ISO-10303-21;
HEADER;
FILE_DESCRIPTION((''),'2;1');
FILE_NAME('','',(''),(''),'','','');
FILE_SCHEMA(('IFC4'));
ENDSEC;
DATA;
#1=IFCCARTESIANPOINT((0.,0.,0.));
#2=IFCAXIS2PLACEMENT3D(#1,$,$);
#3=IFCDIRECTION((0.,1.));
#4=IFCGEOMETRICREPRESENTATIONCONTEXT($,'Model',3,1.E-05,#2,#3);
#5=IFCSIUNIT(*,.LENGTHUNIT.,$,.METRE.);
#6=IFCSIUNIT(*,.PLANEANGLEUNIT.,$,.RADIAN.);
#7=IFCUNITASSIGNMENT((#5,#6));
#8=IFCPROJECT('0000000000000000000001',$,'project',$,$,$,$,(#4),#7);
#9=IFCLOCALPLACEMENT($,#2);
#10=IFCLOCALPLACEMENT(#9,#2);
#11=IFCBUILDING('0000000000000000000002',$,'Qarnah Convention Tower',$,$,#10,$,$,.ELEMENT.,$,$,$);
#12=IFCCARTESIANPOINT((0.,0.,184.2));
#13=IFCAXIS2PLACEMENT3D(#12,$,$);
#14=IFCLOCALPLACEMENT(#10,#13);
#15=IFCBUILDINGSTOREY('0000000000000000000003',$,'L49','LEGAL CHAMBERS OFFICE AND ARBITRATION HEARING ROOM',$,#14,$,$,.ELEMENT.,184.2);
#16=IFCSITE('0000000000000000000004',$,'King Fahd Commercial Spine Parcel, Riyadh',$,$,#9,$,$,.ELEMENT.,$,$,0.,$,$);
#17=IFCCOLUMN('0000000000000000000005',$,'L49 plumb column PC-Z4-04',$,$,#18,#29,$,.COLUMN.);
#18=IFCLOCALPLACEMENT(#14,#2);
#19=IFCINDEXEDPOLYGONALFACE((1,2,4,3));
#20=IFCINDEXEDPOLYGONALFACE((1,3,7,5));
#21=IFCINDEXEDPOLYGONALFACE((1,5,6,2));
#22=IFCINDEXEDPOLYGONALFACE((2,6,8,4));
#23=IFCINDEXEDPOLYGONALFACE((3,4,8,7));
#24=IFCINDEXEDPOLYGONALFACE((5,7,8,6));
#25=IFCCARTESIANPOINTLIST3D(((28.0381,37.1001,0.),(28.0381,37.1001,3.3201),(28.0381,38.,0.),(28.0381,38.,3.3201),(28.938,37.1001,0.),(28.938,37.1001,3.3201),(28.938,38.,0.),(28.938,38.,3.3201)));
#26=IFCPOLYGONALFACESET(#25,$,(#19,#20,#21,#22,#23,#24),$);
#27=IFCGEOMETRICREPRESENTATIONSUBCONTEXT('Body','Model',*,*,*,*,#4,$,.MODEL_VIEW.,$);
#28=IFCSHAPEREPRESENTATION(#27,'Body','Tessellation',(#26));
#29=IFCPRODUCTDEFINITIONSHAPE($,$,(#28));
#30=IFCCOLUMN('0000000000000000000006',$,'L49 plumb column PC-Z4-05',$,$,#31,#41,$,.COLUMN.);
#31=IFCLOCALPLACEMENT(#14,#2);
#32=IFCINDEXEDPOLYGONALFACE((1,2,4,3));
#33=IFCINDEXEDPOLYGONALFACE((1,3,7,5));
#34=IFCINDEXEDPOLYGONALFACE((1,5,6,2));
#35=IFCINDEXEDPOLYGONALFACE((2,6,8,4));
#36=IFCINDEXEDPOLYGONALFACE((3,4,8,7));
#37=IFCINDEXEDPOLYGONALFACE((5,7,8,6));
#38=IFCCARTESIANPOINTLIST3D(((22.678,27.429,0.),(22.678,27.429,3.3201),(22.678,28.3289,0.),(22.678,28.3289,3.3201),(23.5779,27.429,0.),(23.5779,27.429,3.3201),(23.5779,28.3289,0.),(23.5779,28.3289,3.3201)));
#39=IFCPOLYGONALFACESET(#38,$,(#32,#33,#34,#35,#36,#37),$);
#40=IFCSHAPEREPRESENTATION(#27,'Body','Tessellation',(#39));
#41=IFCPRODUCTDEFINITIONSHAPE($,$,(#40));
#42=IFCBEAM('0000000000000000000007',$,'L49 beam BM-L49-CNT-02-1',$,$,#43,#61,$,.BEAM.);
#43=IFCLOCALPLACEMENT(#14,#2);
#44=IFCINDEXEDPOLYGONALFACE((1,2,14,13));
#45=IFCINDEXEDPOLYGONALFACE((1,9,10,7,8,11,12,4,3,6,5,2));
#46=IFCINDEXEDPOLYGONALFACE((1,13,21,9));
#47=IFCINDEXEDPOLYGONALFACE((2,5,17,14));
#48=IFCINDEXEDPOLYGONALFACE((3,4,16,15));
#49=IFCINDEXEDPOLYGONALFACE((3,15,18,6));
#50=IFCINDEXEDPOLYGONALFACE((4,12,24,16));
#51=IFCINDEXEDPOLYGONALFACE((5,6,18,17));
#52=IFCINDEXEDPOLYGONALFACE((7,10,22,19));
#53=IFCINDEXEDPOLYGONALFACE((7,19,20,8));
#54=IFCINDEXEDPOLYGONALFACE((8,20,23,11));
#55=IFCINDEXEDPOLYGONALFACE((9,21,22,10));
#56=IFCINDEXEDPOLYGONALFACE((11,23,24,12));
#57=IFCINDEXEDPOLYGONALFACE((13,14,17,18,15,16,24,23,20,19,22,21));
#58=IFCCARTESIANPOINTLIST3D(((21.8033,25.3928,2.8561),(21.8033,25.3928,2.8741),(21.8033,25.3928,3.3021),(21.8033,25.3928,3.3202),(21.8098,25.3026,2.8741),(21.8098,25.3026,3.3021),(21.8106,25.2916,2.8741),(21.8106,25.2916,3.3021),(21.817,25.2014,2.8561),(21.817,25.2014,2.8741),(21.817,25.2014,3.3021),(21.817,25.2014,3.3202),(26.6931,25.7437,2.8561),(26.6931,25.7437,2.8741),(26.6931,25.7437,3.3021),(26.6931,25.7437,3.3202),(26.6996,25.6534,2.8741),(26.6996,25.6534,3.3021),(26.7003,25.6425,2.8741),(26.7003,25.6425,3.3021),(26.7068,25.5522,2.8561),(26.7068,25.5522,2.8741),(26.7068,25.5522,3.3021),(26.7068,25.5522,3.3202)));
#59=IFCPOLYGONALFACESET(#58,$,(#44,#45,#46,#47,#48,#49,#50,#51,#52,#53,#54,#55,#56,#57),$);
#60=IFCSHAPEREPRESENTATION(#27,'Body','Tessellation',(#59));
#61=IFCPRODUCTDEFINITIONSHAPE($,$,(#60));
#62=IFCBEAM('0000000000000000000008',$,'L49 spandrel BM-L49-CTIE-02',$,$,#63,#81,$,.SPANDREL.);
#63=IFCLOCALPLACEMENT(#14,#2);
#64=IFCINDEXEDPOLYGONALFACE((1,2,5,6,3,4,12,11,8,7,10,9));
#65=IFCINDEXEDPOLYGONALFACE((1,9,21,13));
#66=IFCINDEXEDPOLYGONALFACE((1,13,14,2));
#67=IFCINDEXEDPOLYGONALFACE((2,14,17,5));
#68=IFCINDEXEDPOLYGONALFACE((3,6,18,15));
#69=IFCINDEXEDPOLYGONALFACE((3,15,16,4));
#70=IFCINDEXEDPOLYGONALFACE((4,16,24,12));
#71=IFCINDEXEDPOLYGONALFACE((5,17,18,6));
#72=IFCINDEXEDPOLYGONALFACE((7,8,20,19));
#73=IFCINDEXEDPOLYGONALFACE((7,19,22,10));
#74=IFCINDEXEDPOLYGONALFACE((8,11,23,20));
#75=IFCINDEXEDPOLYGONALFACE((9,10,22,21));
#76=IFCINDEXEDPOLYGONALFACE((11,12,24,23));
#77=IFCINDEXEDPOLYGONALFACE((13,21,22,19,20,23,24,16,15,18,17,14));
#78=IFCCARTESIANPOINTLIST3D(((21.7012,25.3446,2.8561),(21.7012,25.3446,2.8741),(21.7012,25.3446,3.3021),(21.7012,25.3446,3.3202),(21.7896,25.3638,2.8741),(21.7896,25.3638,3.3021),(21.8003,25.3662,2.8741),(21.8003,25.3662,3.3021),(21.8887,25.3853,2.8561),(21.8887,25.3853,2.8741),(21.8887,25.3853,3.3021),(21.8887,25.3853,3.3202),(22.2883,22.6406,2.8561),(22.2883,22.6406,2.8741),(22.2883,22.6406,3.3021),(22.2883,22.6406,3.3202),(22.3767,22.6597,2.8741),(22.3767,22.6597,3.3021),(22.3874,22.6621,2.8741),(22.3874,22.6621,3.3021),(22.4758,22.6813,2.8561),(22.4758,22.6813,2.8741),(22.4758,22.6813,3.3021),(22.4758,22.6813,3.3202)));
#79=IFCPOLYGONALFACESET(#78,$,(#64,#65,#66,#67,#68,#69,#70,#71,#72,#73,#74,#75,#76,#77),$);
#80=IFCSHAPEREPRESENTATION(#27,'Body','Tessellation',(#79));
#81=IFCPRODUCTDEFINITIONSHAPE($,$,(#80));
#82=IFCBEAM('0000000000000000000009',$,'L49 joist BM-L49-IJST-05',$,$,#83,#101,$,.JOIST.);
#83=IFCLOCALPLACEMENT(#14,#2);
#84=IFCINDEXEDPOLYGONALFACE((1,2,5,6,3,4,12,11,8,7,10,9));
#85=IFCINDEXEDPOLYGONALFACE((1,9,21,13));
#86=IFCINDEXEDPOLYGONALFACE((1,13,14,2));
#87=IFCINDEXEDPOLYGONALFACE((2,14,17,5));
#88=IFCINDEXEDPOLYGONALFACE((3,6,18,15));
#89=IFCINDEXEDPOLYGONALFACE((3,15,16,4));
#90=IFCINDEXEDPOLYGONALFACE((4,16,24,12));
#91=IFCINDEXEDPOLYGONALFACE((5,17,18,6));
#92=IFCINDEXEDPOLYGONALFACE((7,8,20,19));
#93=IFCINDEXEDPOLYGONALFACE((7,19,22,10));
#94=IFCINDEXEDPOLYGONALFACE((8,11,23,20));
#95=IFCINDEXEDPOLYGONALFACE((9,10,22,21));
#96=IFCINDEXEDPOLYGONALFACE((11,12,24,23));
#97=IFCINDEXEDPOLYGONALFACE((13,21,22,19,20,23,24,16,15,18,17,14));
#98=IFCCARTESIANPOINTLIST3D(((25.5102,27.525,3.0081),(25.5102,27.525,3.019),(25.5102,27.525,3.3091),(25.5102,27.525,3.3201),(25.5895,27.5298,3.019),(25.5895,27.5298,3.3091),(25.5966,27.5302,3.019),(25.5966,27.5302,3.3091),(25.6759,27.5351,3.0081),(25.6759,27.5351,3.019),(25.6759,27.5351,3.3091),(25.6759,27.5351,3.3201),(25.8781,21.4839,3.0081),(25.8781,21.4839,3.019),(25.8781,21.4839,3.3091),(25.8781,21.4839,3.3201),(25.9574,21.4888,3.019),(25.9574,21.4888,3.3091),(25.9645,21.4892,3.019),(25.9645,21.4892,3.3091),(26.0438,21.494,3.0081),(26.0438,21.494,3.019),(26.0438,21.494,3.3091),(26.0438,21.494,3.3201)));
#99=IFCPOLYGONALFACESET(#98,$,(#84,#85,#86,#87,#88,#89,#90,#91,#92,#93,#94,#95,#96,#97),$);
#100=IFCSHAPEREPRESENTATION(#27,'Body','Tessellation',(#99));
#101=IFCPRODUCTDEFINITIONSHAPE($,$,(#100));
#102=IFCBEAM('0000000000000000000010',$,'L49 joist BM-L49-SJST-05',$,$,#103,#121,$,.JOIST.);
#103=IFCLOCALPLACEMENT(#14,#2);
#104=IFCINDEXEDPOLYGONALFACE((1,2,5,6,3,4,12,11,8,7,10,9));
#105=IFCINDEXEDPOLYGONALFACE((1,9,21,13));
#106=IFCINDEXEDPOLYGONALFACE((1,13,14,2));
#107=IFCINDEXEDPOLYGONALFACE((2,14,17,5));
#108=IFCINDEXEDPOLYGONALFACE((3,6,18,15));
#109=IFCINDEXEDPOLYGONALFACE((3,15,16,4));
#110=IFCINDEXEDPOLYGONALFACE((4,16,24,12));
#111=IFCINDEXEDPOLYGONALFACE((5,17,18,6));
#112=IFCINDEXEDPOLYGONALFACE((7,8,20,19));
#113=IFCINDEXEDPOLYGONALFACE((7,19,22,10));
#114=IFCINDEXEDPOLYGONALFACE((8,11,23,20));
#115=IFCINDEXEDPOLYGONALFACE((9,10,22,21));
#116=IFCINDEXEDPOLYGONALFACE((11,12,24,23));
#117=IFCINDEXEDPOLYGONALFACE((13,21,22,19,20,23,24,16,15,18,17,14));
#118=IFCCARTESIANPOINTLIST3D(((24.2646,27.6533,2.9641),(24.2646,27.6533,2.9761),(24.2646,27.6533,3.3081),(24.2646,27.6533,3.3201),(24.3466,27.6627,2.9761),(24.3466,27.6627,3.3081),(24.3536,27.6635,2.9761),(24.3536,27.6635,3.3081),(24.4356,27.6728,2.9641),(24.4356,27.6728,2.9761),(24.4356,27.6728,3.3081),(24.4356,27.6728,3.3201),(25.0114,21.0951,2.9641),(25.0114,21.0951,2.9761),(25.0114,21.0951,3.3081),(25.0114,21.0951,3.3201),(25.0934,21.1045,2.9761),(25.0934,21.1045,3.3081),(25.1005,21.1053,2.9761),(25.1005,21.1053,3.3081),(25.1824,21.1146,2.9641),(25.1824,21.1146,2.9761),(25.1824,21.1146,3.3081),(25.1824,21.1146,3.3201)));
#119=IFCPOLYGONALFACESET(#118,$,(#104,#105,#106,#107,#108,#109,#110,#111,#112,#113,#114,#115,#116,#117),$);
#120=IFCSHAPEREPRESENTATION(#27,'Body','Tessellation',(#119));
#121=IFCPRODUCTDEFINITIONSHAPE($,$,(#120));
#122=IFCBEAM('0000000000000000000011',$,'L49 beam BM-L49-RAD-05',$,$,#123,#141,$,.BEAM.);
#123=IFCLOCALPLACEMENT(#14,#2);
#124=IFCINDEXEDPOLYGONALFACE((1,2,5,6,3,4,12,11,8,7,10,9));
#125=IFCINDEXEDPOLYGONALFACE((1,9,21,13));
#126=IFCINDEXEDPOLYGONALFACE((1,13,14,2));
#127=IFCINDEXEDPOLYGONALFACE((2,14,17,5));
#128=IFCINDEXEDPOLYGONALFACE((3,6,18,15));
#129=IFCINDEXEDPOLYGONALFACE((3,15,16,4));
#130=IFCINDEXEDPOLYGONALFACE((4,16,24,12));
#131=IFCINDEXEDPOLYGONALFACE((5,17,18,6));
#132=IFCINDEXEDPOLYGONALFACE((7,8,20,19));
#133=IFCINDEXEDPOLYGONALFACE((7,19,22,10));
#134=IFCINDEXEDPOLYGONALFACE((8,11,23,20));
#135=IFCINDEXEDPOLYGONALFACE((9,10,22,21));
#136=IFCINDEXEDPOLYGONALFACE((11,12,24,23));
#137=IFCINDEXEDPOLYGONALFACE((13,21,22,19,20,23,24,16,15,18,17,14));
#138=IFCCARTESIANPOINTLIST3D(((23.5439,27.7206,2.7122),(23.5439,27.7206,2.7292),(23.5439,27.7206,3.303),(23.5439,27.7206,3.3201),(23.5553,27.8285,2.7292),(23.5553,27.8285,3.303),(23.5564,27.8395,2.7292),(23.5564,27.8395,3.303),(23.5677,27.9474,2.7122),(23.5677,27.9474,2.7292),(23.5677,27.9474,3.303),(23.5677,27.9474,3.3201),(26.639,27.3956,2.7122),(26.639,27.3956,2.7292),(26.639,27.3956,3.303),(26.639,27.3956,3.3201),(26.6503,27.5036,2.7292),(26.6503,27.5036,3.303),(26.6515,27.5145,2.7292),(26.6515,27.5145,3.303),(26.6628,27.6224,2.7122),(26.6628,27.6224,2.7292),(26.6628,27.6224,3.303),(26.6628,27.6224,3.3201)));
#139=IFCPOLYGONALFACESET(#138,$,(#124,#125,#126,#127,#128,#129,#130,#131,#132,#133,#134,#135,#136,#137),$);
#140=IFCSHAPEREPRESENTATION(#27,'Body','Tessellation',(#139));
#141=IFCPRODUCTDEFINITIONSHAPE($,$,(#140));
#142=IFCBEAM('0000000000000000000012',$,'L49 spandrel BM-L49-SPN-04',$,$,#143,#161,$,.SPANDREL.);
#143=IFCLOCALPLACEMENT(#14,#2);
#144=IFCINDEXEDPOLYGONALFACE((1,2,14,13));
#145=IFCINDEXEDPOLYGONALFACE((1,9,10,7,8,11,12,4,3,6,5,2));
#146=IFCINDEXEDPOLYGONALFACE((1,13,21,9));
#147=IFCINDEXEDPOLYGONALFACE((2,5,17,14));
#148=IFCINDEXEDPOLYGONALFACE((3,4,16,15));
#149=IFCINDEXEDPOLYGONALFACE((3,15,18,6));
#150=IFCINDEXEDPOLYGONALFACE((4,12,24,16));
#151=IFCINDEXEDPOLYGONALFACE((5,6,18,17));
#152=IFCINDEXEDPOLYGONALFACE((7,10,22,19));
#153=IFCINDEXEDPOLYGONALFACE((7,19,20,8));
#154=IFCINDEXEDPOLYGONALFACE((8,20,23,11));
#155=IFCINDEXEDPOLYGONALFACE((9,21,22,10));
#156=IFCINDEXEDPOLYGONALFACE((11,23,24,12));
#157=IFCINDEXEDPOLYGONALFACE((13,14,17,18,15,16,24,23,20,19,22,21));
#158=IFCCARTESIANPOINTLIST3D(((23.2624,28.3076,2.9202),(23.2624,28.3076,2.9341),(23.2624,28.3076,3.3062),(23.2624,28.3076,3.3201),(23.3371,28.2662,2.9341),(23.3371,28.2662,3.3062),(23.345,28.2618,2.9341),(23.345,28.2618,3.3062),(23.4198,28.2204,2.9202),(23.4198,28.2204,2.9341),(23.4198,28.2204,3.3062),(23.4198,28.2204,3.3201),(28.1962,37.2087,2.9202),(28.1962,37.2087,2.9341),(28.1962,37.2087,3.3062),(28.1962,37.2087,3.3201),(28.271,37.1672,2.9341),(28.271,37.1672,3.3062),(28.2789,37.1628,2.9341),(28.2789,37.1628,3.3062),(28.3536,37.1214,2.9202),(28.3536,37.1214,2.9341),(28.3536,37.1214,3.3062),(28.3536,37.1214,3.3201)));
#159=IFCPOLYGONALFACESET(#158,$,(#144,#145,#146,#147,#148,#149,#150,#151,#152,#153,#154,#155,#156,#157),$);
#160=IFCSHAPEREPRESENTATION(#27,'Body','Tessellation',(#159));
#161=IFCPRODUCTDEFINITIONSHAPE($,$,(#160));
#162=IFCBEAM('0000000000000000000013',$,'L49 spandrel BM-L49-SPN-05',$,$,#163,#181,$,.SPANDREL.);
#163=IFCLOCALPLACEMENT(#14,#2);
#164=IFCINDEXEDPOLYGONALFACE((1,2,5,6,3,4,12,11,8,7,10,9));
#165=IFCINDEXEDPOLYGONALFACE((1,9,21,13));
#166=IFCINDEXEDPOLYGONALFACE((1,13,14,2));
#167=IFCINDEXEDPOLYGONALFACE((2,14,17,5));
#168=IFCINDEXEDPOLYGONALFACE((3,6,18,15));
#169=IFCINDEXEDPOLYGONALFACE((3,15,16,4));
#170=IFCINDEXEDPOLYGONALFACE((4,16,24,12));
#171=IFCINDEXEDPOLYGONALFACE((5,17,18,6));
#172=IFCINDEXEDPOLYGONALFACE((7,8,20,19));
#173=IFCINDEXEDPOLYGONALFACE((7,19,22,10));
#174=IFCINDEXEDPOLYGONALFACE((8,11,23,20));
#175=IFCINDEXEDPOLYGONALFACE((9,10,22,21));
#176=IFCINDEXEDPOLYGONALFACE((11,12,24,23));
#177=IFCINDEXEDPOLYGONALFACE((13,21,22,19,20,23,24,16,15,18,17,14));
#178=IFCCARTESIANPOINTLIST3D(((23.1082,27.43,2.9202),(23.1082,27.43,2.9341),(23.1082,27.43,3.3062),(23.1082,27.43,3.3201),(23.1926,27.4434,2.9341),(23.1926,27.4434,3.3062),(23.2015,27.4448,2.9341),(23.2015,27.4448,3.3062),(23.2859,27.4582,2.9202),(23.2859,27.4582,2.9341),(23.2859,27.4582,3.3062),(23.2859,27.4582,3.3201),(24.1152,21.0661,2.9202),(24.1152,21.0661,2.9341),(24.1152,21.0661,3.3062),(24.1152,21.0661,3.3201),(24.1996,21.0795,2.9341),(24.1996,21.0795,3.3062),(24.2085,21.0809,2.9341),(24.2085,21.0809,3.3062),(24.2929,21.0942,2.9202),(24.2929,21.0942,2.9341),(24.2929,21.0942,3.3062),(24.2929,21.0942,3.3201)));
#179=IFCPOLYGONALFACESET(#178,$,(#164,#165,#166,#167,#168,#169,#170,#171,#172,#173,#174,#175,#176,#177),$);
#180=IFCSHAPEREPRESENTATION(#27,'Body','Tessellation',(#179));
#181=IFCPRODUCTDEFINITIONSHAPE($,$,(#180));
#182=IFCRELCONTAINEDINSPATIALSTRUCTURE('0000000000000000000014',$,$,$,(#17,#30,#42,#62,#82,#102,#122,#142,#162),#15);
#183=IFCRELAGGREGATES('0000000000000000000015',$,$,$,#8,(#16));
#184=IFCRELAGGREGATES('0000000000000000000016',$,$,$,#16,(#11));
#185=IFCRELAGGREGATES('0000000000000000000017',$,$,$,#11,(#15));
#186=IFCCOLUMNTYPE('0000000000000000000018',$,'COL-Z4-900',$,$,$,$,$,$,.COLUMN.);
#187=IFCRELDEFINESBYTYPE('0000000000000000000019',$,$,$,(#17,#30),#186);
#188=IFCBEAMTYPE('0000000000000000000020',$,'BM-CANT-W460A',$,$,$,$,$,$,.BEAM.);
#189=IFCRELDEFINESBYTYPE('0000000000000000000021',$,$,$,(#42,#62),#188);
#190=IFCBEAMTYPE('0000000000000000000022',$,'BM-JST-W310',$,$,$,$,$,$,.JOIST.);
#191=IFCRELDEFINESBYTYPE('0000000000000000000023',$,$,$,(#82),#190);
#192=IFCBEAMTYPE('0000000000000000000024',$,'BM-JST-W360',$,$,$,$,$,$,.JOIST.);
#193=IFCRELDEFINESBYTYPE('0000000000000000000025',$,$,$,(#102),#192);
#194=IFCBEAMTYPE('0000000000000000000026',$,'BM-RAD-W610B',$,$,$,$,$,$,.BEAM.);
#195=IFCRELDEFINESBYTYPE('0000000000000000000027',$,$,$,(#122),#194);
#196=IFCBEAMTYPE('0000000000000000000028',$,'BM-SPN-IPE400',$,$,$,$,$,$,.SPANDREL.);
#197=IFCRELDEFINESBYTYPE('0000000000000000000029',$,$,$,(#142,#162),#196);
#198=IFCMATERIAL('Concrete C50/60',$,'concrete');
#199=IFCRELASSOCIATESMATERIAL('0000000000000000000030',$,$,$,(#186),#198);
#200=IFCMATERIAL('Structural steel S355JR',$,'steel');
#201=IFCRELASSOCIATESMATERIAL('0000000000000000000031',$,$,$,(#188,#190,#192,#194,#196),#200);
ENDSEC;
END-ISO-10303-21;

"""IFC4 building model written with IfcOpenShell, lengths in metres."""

from ifc_helpers import new_model, si_unit, direction, frame, origin, origin_2d, place, context, subcontext, project, spatial, rectangle, i_section, extrude, material, material_profile, profile_set, type_object, element, save


model = new_model("IFC4")

# Units and contexts
model_context = context("Model", 3, precision=1e-05, world=origin(), true_north=direction((0.0, 1.0)))
body_context = subcontext(model_context, "Body", "Model", "MODEL_VIEW")
ifc_project = project(units=[si_unit("LENGTHUNIT", "METRE"), si_unit("PLANEANGLEUNIT", "RADIAN")], contexts=[model_context])

# Site, building, storey
site_placement = place(None, origin())
site = spatial("IfcSite", under=ifc_project, at=site_placement, Name="King Fahd Commercial Spine Parcel, Riyadh", CompositionType="ELEMENT", RefElevation=0.0)
building_placement = place(site_placement, origin())
building = spatial("IfcBuilding", under=site, at=building_placement, Name="Qarnah Convention Tower", CompositionType="ELEMENT")
storey_placement = place(building_placement, frame((0.0, 0.0, 184.2)))
storey = spatial("IfcBuildingStorey", under=building, at=storey_placement, Name="L49", Description="LEGAL CHAMBERS OFFICE AND ARBITRATION HEARING ROOM", CompositionType="ELEMENT", Elevation=184.2)

# Columns
ifc_material_1 = material(Name="Concrete C50/60", Category="concrete")
ifc_material_profile_1 = material_profile(ifc_material_1, rectangle(XDim=0.8999, YDim=0.8999, at=origin_2d()), Name="RC-COL-900X900")
ifc_profile_set_1 = profile_set([ifc_material_profile_1], Name="Concrete C50/60")
column_type = type_object("IfcColumnType", Name="COL-Z4-900", PredefinedType="COLUMN", material=ifc_profile_set_1)
for number, where, z_axis, x_axis, name in (
    (1, (28.488, 37.55, 0.0), (0.0, 0.0, 1.0), (1.0, 0.0, 0.0), "L49 plumb column PC-Z4-04"),
    (2, (23.1279, 27.8789, 0.0), (0.0, 0.0, 1.0), (1.0, 0.0, 0.0), "L49 plumb column PC-Z4-05"),
):
    element("IfcColumn", number, at=place(storey_placement, frame(where, z_axis=z_axis, x_axis=x_axis)), inside=storey, type_object=column_type, Name=name, PredefinedType="COLUMN", context=body_context, shape_type="SweptSolid", body=[
        extrude(rectangle(XDim=0.8999, YDim=0.8999, at=origin_2d()), origin(), (0.0, 0.0, 1.0), 3.3201),
    ])

# Beams
ifc_material_2 = material(Name="Structural steel S355JR", Category="steel")
ifc_material_profile_2 = material_profile(ifc_material_2, i_section(OverallWidth=0.1919, OverallDepth=0.4641, WebThickness=0.011, FlangeThickness=0.0181, at=origin_2d()), Name="W460X89")
ifc_profile_set_2 = profile_set([ifc_material_profile_2], Name="Structural steel S355JR")
beam_type_1 = type_object("IfcBeamType", Name="BM-CANT-W460A", PredefinedType="BEAM", material=ifc_profile_set_2)
beam_1_placement = place(storey_placement, frame((26.7, 25.6479, 3.0881), z_axis=(-0.997436, -0.071562, 0.0), x_axis=(0.071562, -0.997436, 0.0)))
element("IfcBeam", 3, at=beam_1_placement, inside=storey, type_object=beam_type_1, Name="L49 beam BM-L49-CNT-02-1", PredefinedType="BEAM", context=body_context, shape_type="SweptSolid", body=[
    extrude(i_section(OverallWidth=0.1919, OverallDepth=0.4641, WebThickness=0.011, FlangeThickness=0.0181, at=origin_2d()), origin(), (0.0, 0.0, 1.0), 4.9023),
])
beam_2_placement = place(storey_placement, frame((21.7949, 25.365, 3.0881), z_axis=(0.212192, -0.977228, 0.0), x_axis=(0.977228, 0.212192, 0.0)))
element("IfcBeam", 4, at=beam_2_placement, inside=storey, type_object=beam_type_1, Name="L49 spandrel BM-L49-CTIE-02", PredefinedType="SPANDREL", context=body_context, shape_type="SweptSolid", body=[
    extrude(i_section(OverallWidth=0.1919, OverallDepth=0.4641, WebThickness=0.011, FlangeThickness=0.0181, at=origin_2d()), origin(), (0.0, 0.0, 1.0), 2.7671),
])
ifc_material_profile_3 = material_profile(ifc_material_2, i_section(OverallWidth=0.166, OverallDepth=0.312, WebThickness=0.0071, FlangeThickness=0.011, at=origin_2d()), Name="W310X45")
ifc_profile_set_3 = profile_set([ifc_material_profile_3], Name="Structural steel S355JR")
beam_type_2 = type_object("IfcBeamType", Name="BM-JST-W310", PredefinedType="JOIST", material=ifc_profile_set_3)
beam_3_placement = place(storey_placement, frame((25.593, 27.53, 3.1641), z_axis=(0.060791, -0.998151, 0.0), x_axis=(0.998151, 0.060791, 0.0)))
element("IfcBeam", 5, at=beam_3_placement, inside=storey, type_object=beam_type_2, Name="L49 joist BM-L49-IJST-05", PredefinedType="JOIST", context=body_context, shape_type="SweptSolid", body=[
    extrude(i_section(OverallWidth=0.166, OverallDepth=0.312, WebThickness=0.0071, FlangeThickness=0.011, at=origin_2d()), origin(), (0.0, 0.0, 1.0), 6.0522),
])
ifc_material_profile_4 = material_profile(ifc_material_2, i_section(OverallWidth=0.1721, OverallDepth=0.356, WebThickness=0.0071, FlangeThickness=0.012, at=origin_2d()), Name="W360X51")
ifc_profile_set_4 = profile_set([ifc_material_profile_4], Name="Structural steel S355JR")
beam_type_3 = type_object("IfcBeamType", Name="BM-JST-W360", PredefinedType="JOIST", material=ifc_profile_set_4)
beam_4_placement = place(storey_placement, frame((24.3501, 27.6631, 3.1421), z_axis=(0.113147, -0.993578, 0.0), x_axis=(0.993578, 0.113147, 0.0)))
element("IfcBeam", 6, at=beam_4_placement, inside=storey, type_object=beam_type_3, Name="L49 joist BM-L49-SJST-05", PredefinedType="JOIST", context=body_context, shape_type="SweptSolid", body=[
    extrude(i_section(OverallWidth=0.1721, OverallDepth=0.356, WebThickness=0.0071, FlangeThickness=0.012, at=origin_2d()), origin(), (0.0, 0.0, 1.0), 6.6006),
])
ifc_material_profile_5 = material_profile(ifc_material_2, i_section(OverallWidth=0.228, OverallDepth=0.6079, WebThickness=0.011, FlangeThickness=0.0171, at=origin_2d()), Name="W610X113")
ifc_profile_set_5 = profile_set([ifc_material_profile_5], Name="Structural steel S355JR")
beam_type_4 = type_object("IfcBeamType", Name="BM-RAD-W610B", PredefinedType="BEAM", material=ifc_profile_set_5)
beam_5_placement = place(storey_placement, frame((26.6509, 27.509, 3.0161), z_axis=(-0.994533, 0.104419, 0.0), x_axis=(-0.104419, -0.994533, 0.0)))
element("IfcBeam", 7, at=beam_5_placement, inside=storey, type_object=beam_type_4, Name="L49 beam BM-L49-RAD-05", PredefinedType="BEAM", context=body_context, shape_type="SweptSolid", body=[
    extrude(i_section(OverallWidth=0.228, OverallDepth=0.6079, WebThickness=0.011, FlangeThickness=0.0171, at=origin_2d()), origin(), (0.0, 0.0, 1.0), 3.1121),
])
ifc_material_profile_6 = material_profile(ifc_material_2, i_section(OverallWidth=0.1799, OverallDepth=0.3999, WebThickness=0.009, FlangeThickness=0.0139, at=origin_2d()), Name="IPE400")
ifc_profile_set_6 = profile_set([ifc_material_profile_6], Name="Structural steel S355JR")
beam_type_5 = type_object("IfcBeamType", Name="BM-SPN-IPE400", PredefinedType="SPANDREL", material=ifc_profile_set_6)
beam_6_placement = place(storey_placement, frame((28.2749, 37.165, 3.1201), z_axis=(-0.484799, -0.874625, 0.0), x_axis=(0.874625, -0.484799, 0.0)))
element("IfcBeam", 8, at=beam_6_placement, inside=storey, type_object=beam_type_5, Name="L49 spandrel BM-L49-SPN-04", PredefinedType="SPANDREL", context=body_context, shape_type="SweptSolid", body=[
    extrude(i_section(OverallWidth=0.1799, OverallDepth=0.3999, WebThickness=0.009, FlangeThickness=0.0139, at=origin_2d()), origin(), (0.0, 0.0, 1.0), 10.177),
])
beam_7_placement = place(storey_placement, frame((23.197, 27.4441, 3.1201), z_axis=(0.156301, -0.987709, 0.0), x_axis=(0.987709, 0.156301, 0.0)))
element("IfcBeam", 9, at=beam_7_placement, inside=storey, type_object=beam_type_5, Name="L49 spandrel BM-L49-SPN-05", PredefinedType="SPANDREL", context=body_context, shape_type="SweptSolid", body=[
    extrude(i_section(OverallWidth=0.1799, OverallDepth=0.3999, WebThickness=0.009, FlangeThickness=0.0139, at=origin_2d()), origin(), (0.0, 0.0, 1.0), 6.4431),
])

save(model, "model.ifc")
